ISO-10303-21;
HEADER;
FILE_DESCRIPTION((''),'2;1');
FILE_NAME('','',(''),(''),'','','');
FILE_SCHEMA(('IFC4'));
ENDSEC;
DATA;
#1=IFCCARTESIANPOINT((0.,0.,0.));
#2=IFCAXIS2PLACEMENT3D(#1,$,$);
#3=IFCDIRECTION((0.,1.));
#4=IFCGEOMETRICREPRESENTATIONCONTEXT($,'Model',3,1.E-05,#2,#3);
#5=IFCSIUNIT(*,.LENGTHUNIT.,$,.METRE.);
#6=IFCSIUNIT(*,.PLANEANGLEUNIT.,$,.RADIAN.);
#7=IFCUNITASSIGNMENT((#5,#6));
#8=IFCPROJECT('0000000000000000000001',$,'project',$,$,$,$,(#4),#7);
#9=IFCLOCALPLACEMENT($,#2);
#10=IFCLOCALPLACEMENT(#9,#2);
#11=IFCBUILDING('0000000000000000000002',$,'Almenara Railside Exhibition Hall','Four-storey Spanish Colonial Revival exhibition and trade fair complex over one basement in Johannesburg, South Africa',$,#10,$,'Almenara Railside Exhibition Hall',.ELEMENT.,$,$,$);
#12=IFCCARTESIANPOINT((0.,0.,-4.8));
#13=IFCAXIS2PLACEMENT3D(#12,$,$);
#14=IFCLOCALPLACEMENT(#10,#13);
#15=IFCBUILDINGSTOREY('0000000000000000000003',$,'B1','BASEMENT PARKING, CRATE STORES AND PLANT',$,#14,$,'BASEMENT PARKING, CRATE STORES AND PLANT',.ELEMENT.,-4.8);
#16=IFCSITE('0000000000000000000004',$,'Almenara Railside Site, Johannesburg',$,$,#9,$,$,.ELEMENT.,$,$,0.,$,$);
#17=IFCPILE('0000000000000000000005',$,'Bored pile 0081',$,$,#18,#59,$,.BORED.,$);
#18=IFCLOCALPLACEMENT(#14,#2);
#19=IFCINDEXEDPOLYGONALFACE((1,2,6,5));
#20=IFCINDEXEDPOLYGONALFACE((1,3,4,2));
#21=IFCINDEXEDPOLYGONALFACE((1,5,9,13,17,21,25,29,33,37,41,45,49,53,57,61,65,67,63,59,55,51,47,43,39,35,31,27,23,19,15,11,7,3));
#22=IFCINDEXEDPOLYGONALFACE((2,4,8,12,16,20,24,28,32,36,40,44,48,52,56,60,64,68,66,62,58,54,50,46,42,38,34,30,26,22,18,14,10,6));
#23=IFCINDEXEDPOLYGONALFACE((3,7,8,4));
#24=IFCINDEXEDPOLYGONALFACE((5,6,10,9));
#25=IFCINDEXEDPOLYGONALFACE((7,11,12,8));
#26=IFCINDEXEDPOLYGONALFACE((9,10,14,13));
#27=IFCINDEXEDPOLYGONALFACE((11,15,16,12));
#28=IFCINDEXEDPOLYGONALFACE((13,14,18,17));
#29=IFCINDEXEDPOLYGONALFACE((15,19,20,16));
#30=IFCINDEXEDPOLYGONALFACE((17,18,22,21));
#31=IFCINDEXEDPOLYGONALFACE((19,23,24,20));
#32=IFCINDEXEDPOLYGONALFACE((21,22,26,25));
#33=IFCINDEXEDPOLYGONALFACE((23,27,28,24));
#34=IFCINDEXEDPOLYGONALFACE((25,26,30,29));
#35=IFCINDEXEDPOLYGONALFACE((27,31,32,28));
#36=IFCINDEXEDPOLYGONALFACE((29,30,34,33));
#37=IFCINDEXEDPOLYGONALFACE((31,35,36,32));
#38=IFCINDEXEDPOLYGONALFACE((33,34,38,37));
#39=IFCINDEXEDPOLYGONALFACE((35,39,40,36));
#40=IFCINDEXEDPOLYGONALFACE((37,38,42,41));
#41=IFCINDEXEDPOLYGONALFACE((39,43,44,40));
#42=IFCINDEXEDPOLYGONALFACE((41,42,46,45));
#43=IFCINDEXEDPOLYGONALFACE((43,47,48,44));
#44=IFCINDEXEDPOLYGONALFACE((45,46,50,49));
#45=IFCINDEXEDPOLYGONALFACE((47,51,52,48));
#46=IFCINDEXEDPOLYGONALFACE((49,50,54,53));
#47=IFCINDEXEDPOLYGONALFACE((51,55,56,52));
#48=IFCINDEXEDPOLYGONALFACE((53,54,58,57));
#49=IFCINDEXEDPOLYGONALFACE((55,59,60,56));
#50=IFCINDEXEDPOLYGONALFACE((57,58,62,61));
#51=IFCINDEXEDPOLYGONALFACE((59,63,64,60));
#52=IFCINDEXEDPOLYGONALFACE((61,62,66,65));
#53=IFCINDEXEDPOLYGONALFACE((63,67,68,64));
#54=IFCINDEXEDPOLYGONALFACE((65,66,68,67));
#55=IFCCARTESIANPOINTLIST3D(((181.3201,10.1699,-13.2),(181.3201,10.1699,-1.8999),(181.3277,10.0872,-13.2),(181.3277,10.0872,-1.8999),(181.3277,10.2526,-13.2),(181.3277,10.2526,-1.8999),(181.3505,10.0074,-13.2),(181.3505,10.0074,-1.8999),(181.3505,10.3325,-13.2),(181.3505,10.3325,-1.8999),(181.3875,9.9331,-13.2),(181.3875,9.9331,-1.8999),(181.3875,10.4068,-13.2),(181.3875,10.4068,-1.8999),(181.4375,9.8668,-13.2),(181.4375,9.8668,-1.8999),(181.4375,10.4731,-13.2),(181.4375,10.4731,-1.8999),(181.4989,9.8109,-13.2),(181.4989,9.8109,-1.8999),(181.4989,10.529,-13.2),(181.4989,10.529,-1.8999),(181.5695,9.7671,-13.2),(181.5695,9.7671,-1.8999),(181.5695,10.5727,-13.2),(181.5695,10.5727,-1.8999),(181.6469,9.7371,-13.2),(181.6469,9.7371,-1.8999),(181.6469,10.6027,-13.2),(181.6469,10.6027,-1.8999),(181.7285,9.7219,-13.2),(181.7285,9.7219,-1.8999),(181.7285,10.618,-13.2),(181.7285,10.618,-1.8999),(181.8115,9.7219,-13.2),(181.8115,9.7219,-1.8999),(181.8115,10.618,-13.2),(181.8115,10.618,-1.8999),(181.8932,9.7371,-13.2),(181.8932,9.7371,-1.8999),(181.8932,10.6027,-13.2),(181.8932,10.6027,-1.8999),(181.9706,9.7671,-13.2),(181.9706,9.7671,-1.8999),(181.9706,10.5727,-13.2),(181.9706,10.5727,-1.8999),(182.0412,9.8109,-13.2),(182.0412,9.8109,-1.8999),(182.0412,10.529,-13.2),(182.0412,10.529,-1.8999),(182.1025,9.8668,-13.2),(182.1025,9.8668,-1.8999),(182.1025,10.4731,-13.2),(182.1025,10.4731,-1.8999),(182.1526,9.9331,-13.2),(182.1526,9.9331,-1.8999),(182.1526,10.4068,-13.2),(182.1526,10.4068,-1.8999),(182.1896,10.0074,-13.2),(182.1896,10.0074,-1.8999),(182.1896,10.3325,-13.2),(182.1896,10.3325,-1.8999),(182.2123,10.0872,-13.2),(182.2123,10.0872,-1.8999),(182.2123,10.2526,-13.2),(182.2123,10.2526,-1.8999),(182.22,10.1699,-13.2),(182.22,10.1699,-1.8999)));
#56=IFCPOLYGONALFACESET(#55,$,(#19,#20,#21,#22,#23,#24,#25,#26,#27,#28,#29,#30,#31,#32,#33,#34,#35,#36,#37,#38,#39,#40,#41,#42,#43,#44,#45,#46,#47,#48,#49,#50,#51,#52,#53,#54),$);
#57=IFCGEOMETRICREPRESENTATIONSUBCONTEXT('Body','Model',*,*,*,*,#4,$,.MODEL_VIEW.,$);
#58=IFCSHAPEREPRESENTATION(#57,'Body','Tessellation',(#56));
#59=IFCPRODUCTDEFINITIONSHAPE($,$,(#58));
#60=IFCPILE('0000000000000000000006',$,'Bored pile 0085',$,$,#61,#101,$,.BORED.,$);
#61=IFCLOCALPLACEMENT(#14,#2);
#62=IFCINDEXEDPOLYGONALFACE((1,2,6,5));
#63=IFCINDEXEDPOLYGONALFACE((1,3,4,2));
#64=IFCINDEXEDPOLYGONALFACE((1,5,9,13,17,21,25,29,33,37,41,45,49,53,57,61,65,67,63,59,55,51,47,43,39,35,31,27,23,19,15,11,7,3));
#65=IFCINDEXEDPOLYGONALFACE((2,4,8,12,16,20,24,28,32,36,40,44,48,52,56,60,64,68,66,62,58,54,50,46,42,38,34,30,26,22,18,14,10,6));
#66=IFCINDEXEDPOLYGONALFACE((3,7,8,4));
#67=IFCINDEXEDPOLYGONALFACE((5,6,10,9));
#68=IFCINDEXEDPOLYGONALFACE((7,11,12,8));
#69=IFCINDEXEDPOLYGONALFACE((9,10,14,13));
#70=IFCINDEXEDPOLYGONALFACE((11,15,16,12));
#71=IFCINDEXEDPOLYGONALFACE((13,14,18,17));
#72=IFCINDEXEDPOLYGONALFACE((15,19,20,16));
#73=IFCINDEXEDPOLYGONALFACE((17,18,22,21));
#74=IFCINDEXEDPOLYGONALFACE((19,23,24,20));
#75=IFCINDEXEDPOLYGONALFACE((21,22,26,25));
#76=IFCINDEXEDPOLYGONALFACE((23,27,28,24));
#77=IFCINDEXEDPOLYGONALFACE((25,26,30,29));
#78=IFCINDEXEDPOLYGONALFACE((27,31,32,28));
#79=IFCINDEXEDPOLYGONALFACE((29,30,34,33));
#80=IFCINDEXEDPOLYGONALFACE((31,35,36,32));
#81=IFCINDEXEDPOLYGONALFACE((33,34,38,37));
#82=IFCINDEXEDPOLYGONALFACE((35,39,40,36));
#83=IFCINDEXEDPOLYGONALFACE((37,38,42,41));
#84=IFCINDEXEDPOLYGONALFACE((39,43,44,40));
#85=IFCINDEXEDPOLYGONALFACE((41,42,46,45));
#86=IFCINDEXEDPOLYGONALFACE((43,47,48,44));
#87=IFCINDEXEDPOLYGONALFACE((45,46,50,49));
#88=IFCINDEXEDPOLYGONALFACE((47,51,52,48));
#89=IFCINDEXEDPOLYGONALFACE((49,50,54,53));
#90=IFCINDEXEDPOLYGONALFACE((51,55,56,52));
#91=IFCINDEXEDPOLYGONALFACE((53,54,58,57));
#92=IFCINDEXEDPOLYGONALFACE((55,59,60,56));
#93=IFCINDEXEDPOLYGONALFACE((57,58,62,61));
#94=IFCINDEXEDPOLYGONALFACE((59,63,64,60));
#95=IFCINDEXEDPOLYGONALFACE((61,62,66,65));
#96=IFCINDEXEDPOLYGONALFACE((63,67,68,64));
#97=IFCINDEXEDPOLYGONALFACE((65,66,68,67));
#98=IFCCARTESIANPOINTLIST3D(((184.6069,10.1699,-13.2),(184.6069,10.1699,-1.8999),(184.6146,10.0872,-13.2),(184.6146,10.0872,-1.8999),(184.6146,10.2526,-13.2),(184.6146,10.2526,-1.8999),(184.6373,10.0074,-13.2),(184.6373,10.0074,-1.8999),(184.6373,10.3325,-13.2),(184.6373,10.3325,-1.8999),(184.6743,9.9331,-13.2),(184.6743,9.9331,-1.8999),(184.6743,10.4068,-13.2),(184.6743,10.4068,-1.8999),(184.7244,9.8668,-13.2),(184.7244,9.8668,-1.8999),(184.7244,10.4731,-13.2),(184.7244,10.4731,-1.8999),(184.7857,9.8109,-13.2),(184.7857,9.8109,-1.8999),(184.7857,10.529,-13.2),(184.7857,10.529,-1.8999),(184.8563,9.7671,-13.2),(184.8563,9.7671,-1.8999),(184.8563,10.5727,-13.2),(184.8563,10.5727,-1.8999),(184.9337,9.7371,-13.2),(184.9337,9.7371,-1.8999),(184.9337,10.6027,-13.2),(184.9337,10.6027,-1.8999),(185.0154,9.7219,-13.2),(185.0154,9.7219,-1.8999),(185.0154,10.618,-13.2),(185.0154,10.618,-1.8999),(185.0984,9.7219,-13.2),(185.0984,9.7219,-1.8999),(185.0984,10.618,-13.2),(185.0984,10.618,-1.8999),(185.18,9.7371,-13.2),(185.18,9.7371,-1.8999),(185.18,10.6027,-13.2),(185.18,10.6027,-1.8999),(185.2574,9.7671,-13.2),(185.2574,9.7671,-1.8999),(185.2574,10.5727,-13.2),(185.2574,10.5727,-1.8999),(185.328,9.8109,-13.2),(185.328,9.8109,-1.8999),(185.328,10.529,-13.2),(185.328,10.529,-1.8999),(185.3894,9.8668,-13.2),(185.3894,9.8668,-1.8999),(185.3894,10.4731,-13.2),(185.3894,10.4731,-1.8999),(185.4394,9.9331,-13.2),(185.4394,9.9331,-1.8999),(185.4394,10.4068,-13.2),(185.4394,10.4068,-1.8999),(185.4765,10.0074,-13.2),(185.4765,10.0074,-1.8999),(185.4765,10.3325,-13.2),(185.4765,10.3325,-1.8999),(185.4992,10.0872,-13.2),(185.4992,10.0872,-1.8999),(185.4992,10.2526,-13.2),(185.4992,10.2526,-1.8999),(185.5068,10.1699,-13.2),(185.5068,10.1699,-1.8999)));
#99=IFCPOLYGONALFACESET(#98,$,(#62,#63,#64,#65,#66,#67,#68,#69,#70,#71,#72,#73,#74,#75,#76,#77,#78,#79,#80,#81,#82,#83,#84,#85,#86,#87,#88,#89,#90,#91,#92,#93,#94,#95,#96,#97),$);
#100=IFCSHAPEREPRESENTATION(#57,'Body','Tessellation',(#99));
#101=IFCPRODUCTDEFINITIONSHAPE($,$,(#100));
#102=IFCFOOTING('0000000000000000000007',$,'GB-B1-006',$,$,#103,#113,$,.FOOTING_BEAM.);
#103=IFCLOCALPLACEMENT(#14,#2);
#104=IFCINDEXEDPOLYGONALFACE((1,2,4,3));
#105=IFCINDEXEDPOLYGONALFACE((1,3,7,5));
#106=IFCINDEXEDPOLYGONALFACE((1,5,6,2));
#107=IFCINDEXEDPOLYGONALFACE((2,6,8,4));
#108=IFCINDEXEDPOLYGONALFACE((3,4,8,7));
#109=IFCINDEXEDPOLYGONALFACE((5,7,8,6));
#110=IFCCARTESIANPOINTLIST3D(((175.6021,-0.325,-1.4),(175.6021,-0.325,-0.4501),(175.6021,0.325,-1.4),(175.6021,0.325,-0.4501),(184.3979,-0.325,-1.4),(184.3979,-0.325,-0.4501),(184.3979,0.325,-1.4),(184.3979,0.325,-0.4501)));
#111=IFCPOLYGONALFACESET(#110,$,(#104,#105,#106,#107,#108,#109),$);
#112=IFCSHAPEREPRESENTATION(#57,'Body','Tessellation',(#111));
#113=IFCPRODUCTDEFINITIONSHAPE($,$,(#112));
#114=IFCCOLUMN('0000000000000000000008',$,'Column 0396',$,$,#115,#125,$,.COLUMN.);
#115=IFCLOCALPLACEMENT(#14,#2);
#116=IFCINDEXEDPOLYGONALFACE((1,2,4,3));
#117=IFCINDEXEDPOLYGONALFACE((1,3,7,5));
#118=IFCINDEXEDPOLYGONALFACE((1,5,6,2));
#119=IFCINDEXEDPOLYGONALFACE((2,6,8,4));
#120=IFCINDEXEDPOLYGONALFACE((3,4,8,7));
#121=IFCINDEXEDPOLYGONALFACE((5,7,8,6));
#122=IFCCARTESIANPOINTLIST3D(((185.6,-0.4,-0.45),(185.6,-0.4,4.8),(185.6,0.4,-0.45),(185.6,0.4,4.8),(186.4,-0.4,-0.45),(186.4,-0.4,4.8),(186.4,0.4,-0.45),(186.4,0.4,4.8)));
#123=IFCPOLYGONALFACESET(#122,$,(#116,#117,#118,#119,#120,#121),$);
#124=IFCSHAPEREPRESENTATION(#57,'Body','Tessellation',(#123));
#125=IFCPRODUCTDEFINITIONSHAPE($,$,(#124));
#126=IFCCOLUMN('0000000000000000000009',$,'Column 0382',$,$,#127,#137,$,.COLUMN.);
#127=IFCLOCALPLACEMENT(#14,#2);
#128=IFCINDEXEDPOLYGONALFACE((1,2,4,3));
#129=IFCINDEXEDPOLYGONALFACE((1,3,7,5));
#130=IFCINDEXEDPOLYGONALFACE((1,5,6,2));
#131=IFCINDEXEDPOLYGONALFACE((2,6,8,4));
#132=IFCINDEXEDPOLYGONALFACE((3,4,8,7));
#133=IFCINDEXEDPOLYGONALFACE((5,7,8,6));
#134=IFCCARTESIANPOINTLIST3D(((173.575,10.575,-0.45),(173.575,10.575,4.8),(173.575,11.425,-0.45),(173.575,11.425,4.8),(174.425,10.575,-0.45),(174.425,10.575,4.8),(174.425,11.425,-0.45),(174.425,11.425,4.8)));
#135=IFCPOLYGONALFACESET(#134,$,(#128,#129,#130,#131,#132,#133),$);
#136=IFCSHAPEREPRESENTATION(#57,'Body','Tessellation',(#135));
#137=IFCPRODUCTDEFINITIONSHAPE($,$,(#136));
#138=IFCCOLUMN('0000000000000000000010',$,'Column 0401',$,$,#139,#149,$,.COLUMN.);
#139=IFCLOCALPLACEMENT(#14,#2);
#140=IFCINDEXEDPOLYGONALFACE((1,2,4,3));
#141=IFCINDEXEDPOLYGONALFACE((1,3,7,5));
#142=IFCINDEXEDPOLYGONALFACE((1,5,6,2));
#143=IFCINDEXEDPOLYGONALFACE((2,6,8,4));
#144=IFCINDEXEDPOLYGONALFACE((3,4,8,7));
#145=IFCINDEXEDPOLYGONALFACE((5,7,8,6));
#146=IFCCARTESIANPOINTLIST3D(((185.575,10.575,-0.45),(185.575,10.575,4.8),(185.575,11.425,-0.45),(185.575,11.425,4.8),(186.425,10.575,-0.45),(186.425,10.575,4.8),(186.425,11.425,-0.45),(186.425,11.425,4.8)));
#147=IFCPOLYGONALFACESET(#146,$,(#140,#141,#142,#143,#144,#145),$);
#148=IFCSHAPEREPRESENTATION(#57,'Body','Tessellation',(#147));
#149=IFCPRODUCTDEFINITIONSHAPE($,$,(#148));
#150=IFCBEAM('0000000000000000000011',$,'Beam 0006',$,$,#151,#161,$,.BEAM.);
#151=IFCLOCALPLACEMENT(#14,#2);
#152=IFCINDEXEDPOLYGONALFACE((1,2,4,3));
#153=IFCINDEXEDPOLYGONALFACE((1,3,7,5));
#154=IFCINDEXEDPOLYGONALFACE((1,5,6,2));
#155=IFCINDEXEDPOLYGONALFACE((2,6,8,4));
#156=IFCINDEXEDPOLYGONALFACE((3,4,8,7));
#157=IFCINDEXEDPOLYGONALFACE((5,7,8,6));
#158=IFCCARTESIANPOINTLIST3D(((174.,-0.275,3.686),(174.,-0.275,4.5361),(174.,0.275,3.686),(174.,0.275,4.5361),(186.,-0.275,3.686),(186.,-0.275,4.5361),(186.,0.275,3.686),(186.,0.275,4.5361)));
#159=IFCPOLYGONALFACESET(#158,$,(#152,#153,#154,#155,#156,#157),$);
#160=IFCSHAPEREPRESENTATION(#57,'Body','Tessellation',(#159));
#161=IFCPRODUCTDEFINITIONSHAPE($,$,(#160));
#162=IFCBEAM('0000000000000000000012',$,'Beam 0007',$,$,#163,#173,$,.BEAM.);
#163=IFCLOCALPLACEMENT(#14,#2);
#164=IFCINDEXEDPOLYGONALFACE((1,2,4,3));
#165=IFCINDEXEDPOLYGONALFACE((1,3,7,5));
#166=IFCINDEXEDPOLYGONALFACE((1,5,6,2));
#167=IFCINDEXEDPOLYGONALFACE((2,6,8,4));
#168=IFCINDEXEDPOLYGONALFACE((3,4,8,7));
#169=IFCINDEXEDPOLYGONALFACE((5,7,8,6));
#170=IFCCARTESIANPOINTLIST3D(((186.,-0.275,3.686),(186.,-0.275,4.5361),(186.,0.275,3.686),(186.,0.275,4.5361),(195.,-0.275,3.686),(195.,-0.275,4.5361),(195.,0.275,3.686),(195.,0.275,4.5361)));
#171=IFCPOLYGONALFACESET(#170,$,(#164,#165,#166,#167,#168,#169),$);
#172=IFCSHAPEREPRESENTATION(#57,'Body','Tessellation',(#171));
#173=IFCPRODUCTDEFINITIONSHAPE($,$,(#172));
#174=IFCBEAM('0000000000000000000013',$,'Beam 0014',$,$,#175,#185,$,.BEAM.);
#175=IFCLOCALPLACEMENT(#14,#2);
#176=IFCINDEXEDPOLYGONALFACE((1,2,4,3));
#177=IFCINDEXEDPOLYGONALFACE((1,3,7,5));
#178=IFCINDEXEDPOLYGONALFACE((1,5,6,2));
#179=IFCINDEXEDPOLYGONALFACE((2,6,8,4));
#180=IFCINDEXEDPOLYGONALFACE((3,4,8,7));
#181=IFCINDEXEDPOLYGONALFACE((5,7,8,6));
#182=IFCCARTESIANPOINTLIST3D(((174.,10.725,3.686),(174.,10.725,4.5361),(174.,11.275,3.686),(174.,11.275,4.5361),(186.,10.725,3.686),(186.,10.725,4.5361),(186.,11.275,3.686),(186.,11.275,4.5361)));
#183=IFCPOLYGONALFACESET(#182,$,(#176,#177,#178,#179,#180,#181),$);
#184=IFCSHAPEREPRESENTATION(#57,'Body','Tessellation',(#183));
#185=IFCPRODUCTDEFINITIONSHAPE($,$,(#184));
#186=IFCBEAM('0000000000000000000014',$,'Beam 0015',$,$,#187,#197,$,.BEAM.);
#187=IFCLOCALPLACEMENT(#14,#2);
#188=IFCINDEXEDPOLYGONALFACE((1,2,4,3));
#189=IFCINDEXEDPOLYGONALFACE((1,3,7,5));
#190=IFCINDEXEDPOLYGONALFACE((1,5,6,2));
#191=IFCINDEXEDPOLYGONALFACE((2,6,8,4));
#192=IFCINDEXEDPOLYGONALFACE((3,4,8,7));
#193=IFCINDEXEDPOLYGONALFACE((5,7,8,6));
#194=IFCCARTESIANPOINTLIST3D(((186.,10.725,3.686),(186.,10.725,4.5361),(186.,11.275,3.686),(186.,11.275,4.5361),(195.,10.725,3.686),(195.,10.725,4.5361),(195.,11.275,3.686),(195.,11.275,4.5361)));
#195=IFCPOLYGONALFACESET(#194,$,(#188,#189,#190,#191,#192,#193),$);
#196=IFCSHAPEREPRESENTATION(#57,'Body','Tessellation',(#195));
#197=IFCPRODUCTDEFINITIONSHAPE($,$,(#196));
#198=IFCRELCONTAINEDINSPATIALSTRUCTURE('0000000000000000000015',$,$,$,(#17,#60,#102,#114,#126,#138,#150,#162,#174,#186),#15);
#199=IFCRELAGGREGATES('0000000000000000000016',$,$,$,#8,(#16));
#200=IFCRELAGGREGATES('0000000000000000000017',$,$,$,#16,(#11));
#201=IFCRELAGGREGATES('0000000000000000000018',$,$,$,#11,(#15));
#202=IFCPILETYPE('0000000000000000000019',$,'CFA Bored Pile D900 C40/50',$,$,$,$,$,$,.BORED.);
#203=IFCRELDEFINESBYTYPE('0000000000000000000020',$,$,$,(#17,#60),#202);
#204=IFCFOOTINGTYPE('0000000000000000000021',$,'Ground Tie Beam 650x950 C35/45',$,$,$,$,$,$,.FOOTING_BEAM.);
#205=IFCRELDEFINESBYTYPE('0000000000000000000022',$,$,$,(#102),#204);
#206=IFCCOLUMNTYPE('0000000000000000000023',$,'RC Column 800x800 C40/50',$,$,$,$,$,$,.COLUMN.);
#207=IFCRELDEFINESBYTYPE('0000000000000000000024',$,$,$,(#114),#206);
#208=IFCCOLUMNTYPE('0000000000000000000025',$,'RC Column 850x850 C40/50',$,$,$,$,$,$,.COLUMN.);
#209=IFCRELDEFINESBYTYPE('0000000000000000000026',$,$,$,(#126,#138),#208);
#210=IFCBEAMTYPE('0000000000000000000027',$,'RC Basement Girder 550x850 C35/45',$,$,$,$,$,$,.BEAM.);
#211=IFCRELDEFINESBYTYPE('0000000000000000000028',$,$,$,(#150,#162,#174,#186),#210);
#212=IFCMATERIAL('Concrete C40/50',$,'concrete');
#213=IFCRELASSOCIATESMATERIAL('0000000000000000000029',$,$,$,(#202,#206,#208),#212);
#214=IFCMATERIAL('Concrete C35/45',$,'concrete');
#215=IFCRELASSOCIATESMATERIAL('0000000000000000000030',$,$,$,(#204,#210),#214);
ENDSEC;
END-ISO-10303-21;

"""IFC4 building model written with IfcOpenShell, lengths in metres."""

from ifc_helpers import new_model, si_unit, direction, frame, origin, origin_2d, place, context, subcontext, project, spatial, rectangle, circle, extrude, material, material_profile, profile_set, type_object, element, save


model = new_model("IFC4")

# Units and contexts
model_context = context("Model", 3, precision=1e-05, world=origin(), true_north=direction((0.0, 1.0)))
body_context = subcontext(model_context, "Body", "Model", "MODEL_VIEW")
ifc_project = project(units=[si_unit("LENGTHUNIT", "METRE"), si_unit("PLANEANGLEUNIT", "RADIAN")], contexts=[model_context])

# Site, building, storey
site_placement = place(None, origin())
site = spatial("IfcSite", under=ifc_project, at=site_placement, Name="Almenara Railside Site, Johannesburg", CompositionType="ELEMENT", RefElevation=0.0)
building_placement = place(site_placement, origin())
building = spatial("IfcBuilding", under=site, at=building_placement, Name="Almenara Railside Exhibition Hall", Description="Four-storey Spanish Colonial Revival exhibition and trade fair complex over one basement in Johannesburg, South Africa", LongName="Almenara Railside Exhibition Hall", CompositionType="ELEMENT")
storey_placement = place(building_placement, frame((0.0, 0.0, -4.8)))
storey = spatial("IfcBuildingStorey", under=building, at=storey_placement, Name="B1", Description="BASEMENT PARKING, CRATE STORES AND PLANT", LongName="BASEMENT PARKING, CRATE STORES AND PLANT", CompositionType="ELEMENT", Elevation=-4.8)

# Piles
ifc_material_1 = material(Name="Concrete C40/50", Category="concrete")
ifc_material_profile_1 = material_profile(ifc_material_1, circle(Radius=0.45, at=origin_2d()), Name="CFA-PILE D900")
ifc_profile_set_1 = profile_set([ifc_material_profile_1], Name="Concrete C40/50")
pile_type_1 = type_object("IfcPileType", Name="CFA Bored Pile D900 C40/50", PredefinedType="BORED", material=ifc_profile_set_1)
for number, where, z_axis, x_axis, name in (
    (1, (181.77, 10.1699, -1.8999), (0.0, 0.0, -1.0), (1.0, 0.0, 0.0), "Bored pile 0081"),
    (2, (185.0569, 10.1699, -1.8999), (0.0, 0.0, -1.0), (1.0, 0.0, 0.0), "Bored pile 0085"),
):
    element("IfcPile", number, at=place(storey_placement, frame(where, z_axis=z_axis, x_axis=x_axis)), inside=storey, type_object=pile_type_1, Name=name, PredefinedType="BORED", context=body_context, shape_type="SweptSolid", body=[
        extrude(circle(Radius=0.45, at=origin_2d()), origin(), (0.0, 0.0, 1.0), 11.3),
    ])

# Footing
ifc_material_2 = material(Name="Concrete C35/45", Category="concrete")
ifc_material_profile_2 = material_profile(ifc_material_2, rectangle(XDim=0.6499, YDim=0.95, at=origin_2d()), Name="RC-GB 650x950")
ifc_profile_set_2 = profile_set([ifc_material_profile_2], Name="Concrete C35/45")
footing_type = type_object("IfcFootingType", Name="Ground Tie Beam 650x950 C35/45", PredefinedType="FOOTING_BEAM", material=ifc_profile_set_2)
footing_placement = place(storey_placement, frame((175.6021, 0.0, -0.925), z_axis=(1.0, 0.0, 0.0), x_axis=(0.0, 1.0, 0.0)))
element("IfcFooting", 3, at=footing_placement, inside=storey, type_object=footing_type, Name="GB-B1-006", PredefinedType="FOOTING_BEAM", context=body_context, shape_type="SweptSolid", body=[
    extrude(rectangle(XDim=0.6499, YDim=0.95, at=origin_2d()), origin(), (0.0, 0.0, 1.0), 8.7959),
])

# Columns
ifc_material_profile_3 = material_profile(ifc_material_1, rectangle(XDim=0.8, YDim=0.8, at=origin_2d()), Name="RC 800x800")
ifc_profile_set_3 = profile_set([ifc_material_profile_3], Name="Concrete C40/50")
column_type_1 = type_object("IfcColumnType", Name="RC Column 800x800 C40/50", PredefinedType="COLUMN", material=ifc_profile_set_3)
column_placement = place(storey_placement, frame((186.0, 0.0, -0.45), z_axis=(0.0, 0.0, 1.0), x_axis=(1.0, 0.0, 0.0)))
element("IfcColumn", 4, at=column_placement, inside=storey, type_object=column_type_1, Name="Column 0396", PredefinedType="COLUMN", context=body_context, shape_type="SweptSolid", body=[
    extrude(rectangle(XDim=0.8, YDim=0.8, at=origin_2d()), origin(), (0.0, 0.0, 1.0), 5.25),
])
ifc_material_profile_4 = material_profile(ifc_material_1, rectangle(XDim=0.8501, YDim=0.8501, at=origin_2d()), Name="RC 850x850")
ifc_profile_set_4 = profile_set([ifc_material_profile_4], Name="Concrete C40/50")
column_type_2 = type_object("IfcColumnType", Name="RC Column 850x850 C40/50", PredefinedType="COLUMN", material=ifc_profile_set_4)
for number, where, z_axis, x_axis, name in (
    (5, (174.0, 11.0, -0.45), (0.0, 0.0, 1.0), (1.0, 0.0, 0.0), "Column 0382"),
    (6, (186.0, 11.0, -0.45), (0.0, 0.0, 1.0), (1.0, 0.0, 0.0), "Column 0401"),
):
    element("IfcColumn", number, at=place(storey_placement, frame(where, z_axis=z_axis, x_axis=x_axis)), inside=storey, type_object=column_type_2, Name=name, PredefinedType="COLUMN", context=body_context, shape_type="SweptSolid", body=[
        extrude(rectangle(XDim=0.8501, YDim=0.8501, at=origin_2d()), origin(), (0.0, 0.0, 1.0), 5.25),
    ])

# Beams
ifc_material_profile_5 = material_profile(ifc_material_2, rectangle(XDim=0.55, YDim=0.8501, at=origin_2d()), Name="RC 550x850")
ifc_profile_set_5 = profile_set([ifc_material_profile_5], Name="Concrete C35/45")
beam_type_1 = type_object("IfcBeamType", Name="RC Basement Girder 550x850 C35/45", PredefinedType="BEAM", material=ifc_profile_set_5)
beam_1_placement = place(storey_placement, frame((174.0, 0.0, 4.1111), z_axis=(1.0, 0.0, 0.0), x_axis=(0.0, 1.0, 0.0)))
element("IfcBeam", 7, at=beam_1_placement, inside=storey, type_object=beam_type_1, Name="Beam 0006", PredefinedType="BEAM", context=body_context, shape_type="SweptSolid", body=[
    extrude(rectangle(XDim=0.55, YDim=0.8501, at=origin_2d()), origin(), (0.0, 0.0, 1.0), 12.0),
])
beam_2_placement = place(storey_placement, frame((186.0, 0.0, 4.1111), z_axis=(1.0, 0.0, 0.0), x_axis=(0.0, 1.0, 0.0)))
element("IfcBeam", 8, at=beam_2_placement, inside=storey, type_object=beam_type_1, Name="Beam 0007", PredefinedType="BEAM", context=body_context, shape_type="SweptSolid", body=[
    extrude(rectangle(XDim=0.55, YDim=0.8501, at=origin_2d()), origin(), (0.0, 0.0, 1.0), 9.0),
])
beam_3_placement = place(storey_placement, frame((174.0, 11.0, 4.1111), z_axis=(1.0, 0.0, 0.0), x_axis=(0.0, 1.0, 0.0)))
element("IfcBeam", 9, at=beam_3_placement, inside=storey, type_object=beam_type_1, Name="Beam 0014", PredefinedType="BEAM", context=body_context, shape_type="SweptSolid", body=[
    extrude(rectangle(XDim=0.55, YDim=0.8501, at=origin_2d()), origin(), (0.0, 0.0, 1.0), 12.0),
])
beam_4_placement = place(storey_placement, frame((186.0, 11.0, 4.1111), z_axis=(1.0, 0.0, 0.0), x_axis=(0.0, 1.0, 0.0)))
element("IfcBeam", 10, at=beam_4_placement, inside=storey, type_object=beam_type_1, Name="Beam 0015", PredefinedType="BEAM", context=body_context, shape_type="SweptSolid", body=[
    extrude(rectangle(XDim=0.55, YDim=0.8501, at=origin_2d()), origin(), (0.0, 0.0, 1.0), 9.0),
])

save(model, "model.ifc")
